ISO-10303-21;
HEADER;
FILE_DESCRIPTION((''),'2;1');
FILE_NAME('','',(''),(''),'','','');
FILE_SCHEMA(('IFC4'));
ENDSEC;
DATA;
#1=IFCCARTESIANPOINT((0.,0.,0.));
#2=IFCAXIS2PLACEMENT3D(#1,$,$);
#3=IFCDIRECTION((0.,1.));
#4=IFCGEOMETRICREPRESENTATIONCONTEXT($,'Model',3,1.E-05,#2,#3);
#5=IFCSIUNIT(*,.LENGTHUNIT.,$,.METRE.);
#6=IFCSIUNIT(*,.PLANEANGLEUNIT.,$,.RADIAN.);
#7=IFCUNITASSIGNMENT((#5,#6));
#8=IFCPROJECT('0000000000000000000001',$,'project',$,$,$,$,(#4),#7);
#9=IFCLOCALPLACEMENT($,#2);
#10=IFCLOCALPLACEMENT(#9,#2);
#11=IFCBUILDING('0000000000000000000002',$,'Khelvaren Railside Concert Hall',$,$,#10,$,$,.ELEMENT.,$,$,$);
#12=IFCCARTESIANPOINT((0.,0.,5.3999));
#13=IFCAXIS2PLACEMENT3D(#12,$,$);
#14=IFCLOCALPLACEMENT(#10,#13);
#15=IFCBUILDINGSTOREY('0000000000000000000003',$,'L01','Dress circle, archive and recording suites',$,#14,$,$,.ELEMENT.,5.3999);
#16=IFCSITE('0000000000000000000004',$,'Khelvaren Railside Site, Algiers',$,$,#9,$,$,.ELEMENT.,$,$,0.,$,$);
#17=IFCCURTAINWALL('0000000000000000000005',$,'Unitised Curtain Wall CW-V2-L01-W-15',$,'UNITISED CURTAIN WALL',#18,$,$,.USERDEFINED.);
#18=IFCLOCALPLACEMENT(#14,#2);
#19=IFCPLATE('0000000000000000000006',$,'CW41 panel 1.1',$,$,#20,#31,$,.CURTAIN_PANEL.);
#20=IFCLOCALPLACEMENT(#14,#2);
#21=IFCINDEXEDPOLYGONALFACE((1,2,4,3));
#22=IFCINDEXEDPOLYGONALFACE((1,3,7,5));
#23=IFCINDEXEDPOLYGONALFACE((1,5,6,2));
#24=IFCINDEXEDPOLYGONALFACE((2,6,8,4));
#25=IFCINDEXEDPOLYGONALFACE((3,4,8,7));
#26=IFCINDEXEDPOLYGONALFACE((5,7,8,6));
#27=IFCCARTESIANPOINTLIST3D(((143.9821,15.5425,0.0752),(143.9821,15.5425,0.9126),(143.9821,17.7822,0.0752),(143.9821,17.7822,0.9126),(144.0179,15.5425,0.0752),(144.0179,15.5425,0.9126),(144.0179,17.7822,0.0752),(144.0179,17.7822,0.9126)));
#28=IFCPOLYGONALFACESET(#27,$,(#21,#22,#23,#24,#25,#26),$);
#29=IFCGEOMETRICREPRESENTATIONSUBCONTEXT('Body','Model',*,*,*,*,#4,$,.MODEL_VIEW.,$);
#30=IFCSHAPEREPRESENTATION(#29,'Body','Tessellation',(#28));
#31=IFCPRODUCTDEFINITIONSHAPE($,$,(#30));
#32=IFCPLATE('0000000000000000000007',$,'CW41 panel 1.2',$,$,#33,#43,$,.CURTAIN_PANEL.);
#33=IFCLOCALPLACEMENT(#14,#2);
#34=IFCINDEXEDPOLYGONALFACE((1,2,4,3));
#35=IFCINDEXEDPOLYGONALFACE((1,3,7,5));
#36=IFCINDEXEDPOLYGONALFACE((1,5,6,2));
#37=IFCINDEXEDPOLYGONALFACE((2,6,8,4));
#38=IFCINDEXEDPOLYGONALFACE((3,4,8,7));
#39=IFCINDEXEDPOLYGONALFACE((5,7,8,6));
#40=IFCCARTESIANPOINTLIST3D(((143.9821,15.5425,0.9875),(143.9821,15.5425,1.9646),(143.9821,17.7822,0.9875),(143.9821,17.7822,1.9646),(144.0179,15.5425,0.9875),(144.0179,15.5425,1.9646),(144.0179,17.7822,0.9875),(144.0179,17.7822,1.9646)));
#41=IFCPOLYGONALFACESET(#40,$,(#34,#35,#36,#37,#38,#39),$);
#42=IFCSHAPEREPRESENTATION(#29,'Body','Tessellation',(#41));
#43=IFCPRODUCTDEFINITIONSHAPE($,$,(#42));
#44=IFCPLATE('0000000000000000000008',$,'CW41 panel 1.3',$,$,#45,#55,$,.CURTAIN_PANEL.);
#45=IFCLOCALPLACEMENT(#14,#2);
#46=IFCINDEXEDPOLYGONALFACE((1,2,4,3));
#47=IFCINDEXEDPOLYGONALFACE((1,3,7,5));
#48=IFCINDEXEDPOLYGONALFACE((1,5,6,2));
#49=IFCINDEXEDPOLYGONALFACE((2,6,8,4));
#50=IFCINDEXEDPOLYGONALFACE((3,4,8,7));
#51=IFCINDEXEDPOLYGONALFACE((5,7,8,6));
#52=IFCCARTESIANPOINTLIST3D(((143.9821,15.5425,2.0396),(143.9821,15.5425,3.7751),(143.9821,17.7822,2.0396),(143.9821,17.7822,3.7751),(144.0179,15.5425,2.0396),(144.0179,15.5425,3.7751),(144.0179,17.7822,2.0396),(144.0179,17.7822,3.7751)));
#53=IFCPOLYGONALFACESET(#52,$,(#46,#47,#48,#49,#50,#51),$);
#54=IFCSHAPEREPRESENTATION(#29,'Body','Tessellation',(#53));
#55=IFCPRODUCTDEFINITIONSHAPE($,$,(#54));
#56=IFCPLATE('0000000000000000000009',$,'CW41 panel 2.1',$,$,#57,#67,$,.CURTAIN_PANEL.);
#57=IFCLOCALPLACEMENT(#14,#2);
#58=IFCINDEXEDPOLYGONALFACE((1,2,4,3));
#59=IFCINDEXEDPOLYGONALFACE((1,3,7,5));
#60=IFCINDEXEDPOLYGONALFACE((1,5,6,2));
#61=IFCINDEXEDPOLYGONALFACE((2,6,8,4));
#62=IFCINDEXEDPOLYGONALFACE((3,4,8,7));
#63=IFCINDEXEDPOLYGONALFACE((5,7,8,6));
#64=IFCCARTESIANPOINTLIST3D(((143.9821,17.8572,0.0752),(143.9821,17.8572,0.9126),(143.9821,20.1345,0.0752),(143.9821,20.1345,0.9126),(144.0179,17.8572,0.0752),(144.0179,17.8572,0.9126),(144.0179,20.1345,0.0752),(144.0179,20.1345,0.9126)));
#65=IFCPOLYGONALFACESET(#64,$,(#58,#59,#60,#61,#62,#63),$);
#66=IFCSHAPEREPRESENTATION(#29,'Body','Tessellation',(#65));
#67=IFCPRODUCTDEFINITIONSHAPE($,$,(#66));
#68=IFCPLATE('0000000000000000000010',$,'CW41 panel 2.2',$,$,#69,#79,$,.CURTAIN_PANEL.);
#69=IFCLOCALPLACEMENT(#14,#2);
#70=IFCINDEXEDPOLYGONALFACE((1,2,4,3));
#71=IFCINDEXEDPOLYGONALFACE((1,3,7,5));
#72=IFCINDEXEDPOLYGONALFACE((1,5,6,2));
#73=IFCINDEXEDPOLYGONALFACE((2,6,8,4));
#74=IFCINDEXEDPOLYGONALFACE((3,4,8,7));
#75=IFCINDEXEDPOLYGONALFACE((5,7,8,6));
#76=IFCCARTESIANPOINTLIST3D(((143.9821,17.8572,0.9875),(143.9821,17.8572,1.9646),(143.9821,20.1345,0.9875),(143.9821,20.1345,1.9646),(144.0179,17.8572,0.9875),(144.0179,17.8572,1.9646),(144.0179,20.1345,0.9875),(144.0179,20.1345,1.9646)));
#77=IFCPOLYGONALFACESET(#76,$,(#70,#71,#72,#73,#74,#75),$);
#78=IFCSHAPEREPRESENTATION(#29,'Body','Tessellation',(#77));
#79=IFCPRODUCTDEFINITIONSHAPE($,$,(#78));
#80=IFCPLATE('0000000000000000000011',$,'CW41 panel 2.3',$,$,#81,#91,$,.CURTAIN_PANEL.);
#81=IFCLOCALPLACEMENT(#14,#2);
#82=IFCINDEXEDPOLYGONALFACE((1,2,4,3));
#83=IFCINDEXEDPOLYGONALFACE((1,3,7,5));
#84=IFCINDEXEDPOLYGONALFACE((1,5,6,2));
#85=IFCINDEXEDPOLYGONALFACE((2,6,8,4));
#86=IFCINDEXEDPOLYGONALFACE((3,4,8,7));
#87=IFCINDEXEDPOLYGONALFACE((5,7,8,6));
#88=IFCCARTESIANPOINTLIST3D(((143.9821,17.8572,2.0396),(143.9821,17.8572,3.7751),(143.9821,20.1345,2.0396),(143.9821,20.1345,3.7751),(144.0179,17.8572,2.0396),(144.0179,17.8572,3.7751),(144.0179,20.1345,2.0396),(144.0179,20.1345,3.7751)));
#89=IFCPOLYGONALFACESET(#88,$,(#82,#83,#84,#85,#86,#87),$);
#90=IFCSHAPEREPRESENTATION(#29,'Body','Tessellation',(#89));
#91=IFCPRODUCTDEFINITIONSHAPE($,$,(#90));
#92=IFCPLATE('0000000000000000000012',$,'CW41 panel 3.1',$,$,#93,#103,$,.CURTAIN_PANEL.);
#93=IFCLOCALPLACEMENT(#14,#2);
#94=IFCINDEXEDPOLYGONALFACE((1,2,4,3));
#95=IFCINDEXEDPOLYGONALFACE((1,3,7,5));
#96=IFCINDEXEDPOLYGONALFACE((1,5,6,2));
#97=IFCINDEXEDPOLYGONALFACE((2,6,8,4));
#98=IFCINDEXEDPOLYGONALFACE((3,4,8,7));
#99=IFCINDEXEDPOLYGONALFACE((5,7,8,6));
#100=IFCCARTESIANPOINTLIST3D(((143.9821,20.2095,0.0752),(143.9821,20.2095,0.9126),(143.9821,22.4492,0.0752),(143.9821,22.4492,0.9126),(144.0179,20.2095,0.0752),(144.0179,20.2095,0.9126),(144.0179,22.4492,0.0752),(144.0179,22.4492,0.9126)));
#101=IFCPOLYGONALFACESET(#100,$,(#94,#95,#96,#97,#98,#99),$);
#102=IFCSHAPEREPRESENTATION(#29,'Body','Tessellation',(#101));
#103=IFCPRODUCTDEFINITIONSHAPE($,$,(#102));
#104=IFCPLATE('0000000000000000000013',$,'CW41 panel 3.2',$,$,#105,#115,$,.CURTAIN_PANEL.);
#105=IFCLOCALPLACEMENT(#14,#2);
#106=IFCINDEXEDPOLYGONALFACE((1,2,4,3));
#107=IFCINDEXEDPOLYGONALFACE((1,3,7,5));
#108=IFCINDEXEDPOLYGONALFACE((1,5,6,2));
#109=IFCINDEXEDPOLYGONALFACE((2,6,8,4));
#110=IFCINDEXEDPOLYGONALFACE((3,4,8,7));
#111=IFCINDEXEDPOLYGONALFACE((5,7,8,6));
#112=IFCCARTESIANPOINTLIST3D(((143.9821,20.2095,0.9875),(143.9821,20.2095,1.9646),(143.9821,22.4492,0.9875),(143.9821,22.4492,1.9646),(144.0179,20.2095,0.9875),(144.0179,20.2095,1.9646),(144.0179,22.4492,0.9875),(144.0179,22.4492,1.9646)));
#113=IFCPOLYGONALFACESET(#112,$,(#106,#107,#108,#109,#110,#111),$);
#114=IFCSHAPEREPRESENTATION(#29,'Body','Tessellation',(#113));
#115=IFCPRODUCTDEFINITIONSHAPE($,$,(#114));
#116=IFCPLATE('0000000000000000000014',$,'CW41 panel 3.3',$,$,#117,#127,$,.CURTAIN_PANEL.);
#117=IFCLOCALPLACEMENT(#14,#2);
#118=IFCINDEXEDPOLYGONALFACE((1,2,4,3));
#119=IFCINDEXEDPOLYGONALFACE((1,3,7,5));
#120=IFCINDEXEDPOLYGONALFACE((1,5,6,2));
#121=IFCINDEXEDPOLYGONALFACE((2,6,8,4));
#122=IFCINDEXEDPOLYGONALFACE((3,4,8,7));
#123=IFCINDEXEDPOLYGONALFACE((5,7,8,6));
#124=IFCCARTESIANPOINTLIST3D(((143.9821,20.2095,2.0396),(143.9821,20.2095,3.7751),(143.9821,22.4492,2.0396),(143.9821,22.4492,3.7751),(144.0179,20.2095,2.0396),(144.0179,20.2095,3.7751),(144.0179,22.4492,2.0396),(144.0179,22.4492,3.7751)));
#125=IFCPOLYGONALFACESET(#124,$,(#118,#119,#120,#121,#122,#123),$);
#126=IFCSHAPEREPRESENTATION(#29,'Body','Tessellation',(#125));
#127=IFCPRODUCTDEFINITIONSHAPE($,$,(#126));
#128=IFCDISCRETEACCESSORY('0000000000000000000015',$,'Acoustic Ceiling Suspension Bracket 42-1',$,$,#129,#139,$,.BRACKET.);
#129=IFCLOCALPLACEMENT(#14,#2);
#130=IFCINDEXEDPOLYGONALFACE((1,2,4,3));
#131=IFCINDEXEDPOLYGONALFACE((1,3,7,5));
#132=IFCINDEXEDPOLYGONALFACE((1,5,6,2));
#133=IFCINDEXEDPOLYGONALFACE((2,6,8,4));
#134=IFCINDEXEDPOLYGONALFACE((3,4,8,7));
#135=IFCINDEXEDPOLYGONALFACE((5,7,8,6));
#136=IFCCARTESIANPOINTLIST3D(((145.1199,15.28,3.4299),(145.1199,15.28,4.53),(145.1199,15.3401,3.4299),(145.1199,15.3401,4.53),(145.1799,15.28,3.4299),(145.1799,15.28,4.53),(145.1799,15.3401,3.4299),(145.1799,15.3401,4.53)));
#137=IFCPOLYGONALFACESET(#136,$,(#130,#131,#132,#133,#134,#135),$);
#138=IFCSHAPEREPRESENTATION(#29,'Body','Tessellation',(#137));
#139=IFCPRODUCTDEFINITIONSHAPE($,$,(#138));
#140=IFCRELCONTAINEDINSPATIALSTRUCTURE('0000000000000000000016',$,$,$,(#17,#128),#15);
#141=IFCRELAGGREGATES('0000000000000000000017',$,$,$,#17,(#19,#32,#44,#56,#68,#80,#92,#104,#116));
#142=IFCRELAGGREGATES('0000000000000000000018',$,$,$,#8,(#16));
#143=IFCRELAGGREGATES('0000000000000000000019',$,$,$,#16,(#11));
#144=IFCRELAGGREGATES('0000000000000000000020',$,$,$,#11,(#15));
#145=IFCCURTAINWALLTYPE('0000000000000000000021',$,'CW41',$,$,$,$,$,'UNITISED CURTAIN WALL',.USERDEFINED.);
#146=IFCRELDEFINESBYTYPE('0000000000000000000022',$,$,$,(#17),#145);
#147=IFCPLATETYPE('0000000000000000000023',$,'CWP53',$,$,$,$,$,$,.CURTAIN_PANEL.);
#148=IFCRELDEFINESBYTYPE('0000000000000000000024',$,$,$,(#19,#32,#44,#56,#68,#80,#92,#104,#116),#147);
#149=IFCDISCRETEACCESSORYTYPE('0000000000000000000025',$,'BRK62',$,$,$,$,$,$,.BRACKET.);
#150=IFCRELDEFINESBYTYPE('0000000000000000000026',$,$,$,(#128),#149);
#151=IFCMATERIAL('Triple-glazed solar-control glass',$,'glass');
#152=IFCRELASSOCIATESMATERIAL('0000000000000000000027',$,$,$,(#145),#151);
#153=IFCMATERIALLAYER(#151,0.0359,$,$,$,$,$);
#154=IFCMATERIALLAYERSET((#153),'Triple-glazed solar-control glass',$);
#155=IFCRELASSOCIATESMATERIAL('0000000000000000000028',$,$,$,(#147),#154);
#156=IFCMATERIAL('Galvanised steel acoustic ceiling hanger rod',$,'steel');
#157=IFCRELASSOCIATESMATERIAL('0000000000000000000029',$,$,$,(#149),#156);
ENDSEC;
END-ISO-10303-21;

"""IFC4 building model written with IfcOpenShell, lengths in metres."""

from ifc_helpers import new_model, si_unit, direction, frame, origin, origin_2d, place, context, subcontext, project, spatial, rectangle, extrude, material, layer, layer_set, type_object, element, aggregate, save


model = new_model("IFC4")

# Units and contexts
model_context = context("Model", 3, precision=1e-05, world=origin(), true_north=direction((0.0, 1.0)))
body_context = subcontext(model_context, "Body", "Model", "MODEL_VIEW")
ifc_project = project(units=[si_unit("LENGTHUNIT", "METRE"), si_unit("PLANEANGLEUNIT", "RADIAN")], contexts=[model_context])

# Site, building, storey
site_placement = place(None, origin())
site = spatial("IfcSite", under=ifc_project, at=site_placement, Name="Khelvaren Railside Site, Algiers", CompositionType="ELEMENT", RefElevation=0.0)
building_placement = place(site_placement, origin())
building = spatial("IfcBuilding", under=site, at=building_placement, Name="Khelvaren Railside Concert Hall", CompositionType="ELEMENT")
storey_placement = place(building_placement, frame((0.0, 0.0, 5.3999)))
storey = spatial("IfcBuildingStorey", under=building, at=storey_placement, Name="L01", Description="Dress circle, archive and recording suites", CompositionType="ELEMENT", Elevation=5.3999)

# Curtain wall
ifc_material_1 = material(Name="Triple-glazed solar-control glass", Category="glass")
curtain_wall_type = type_object("IfcCurtainWallType", Name="CW41", ElementType="UNITISED CURTAIN WALL", PredefinedType="USERDEFINED", material=ifc_material_1)
curtain_wall_placement = place(storey_placement, origin())
curtain_wall = element("IfcCurtainWall", 1, at=curtain_wall_placement, inside=storey, type_object=curtain_wall_type, Name="Unitised Curtain Wall CW-V2-L01-W-15", ObjectType="UNITISED CURTAIN WALL", PredefinedType="USERDEFINED")

# Plates
ifc_layer = layer(ifc_material_1, 0.0359)
ifc_layer_set = layer_set([ifc_layer], Name="Triple-glazed solar-control glass")
plate_type = type_object("IfcPlateType", Name="CWP53", PredefinedType="CURTAIN_PANEL", material=ifc_layer_set)
plate_1_placement = place(storey_placement, frame((144.0, 16.6624, 0.0752), z_axis=(0.0, 0.0, 1.0), x_axis=(0.0, 1.0, 0.0)))
plate_1 = element("IfcPlate", 2, at=plate_1_placement, type_object=plate_type, Name="CW41 panel 1.1", PredefinedType="CURTAIN_PANEL", context=body_context, shape_type="SweptSolid", body=[
    extrude(rectangle(XDim=2.2397, YDim=0.0359, at=origin_2d()), origin(), (0.0, 0.0, 1.0), 0.8374),
])
plate_2_placement = place(storey_placement, frame((144.0, 16.6624, 0.9875), z_axis=(0.0, 0.0, 1.0), x_axis=(0.0, 1.0, 0.0)))
plate_2 = element("IfcPlate", 3, at=plate_2_placement, type_object=plate_type, Name="CW41 panel 1.2", PredefinedType="CURTAIN_PANEL", context=body_context, shape_type="SweptSolid", body=[
    extrude(rectangle(XDim=2.2397, YDim=0.0359, at=origin_2d()), origin(), (0.0, 0.0, 1.0), 0.9771),
])
plate_3_placement = place(storey_placement, frame((144.0, 16.6624, 2.0396), z_axis=(0.0, 0.0, 1.0), x_axis=(0.0, 1.0, 0.0)))
plate_3 = element("IfcPlate", 4, at=plate_3_placement, type_object=plate_type, Name="CW41 panel 1.3", PredefinedType="CURTAIN_PANEL", context=body_context, shape_type="SweptSolid", body=[
    extrude(rectangle(XDim=2.2397, YDim=0.0359, at=origin_2d()), origin(), (0.0, 0.0, 1.0), 1.7356),
])
plate_4_placement = place(storey_placement, frame((144.0, 18.9958, 0.0752), z_axis=(0.0, 0.0, 1.0), x_axis=(0.0, 1.0, 0.0)))
plate_4 = element("IfcPlate", 5, at=plate_4_placement, type_object=plate_type, Name="CW41 panel 2.1", PredefinedType="CURTAIN_PANEL", context=body_context, shape_type="SweptSolid", body=[
    extrude(rectangle(XDim=2.2773, YDim=0.0359, at=origin_2d()), origin(), (0.0, 0.0, 1.0), 0.8374),
])
plate_5_placement = place(storey_placement, frame((144.0, 18.9958, 0.9875), z_axis=(0.0, 0.0, 1.0), x_axis=(0.0, 1.0, 0.0)))
plate_5 = element("IfcPlate", 6, at=plate_5_placement, type_object=plate_type, Name="CW41 panel 2.2", PredefinedType="CURTAIN_PANEL", context=body_context, shape_type="SweptSolid", body=[
    extrude(rectangle(XDim=2.2773, YDim=0.0359, at=origin_2d()), origin(), (0.0, 0.0, 1.0), 0.9771),
])
plate_6_placement = place(storey_placement, frame((144.0, 18.9958, 2.0396), z_axis=(0.0, 0.0, 1.0), x_axis=(0.0, 1.0, 0.0)))
plate_6 = element("IfcPlate", 7, at=plate_6_placement, type_object=plate_type, Name="CW41 panel 2.3", PredefinedType="CURTAIN_PANEL", context=body_context, shape_type="SweptSolid", body=[
    extrude(rectangle(XDim=2.2773, YDim=0.0359, at=origin_2d()), origin(), (0.0, 0.0, 1.0), 1.7356),
])
plate_7_placement = place(storey_placement, frame((144.0, 21.3293, 0.0752), z_axis=(0.0, 0.0, 1.0), x_axis=(0.0, 1.0, 0.0)))
plate_7 = element("IfcPlate", 8, at=plate_7_placement, type_object=plate_type, Name="CW41 panel 3.1", PredefinedType="CURTAIN_PANEL", context=body_context, shape_type="SweptSolid", body=[
    extrude(rectangle(XDim=2.2397, YDim=0.0359, at=origin_2d()), origin(), (0.0, 0.0, 1.0), 0.8374),
])
plate_8_placement = place(storey_placement, frame((144.0, 21.3293, 0.9875), z_axis=(0.0, 0.0, 1.0), x_axis=(0.0, 1.0, 0.0)))
plate_8 = element("IfcPlate", 9, at=plate_8_placement, type_object=plate_type, Name="CW41 panel 3.2", PredefinedType="CURTAIN_PANEL", context=body_context, shape_type="SweptSolid", body=[
    extrude(rectangle(XDim=2.2397, YDim=0.0359, at=origin_2d()), origin(), (0.0, 0.0, 1.0), 0.9771),
])
plate_9_placement = place(storey_placement, frame((144.0, 21.3293, 2.0396), z_axis=(0.0, 0.0, 1.0), x_axis=(0.0, 1.0, 0.0)))
plate_9 = element("IfcPlate", 10, at=plate_9_placement, type_object=plate_type, Name="CW41 panel 3.3", PredefinedType="CURTAIN_PANEL", context=body_context, shape_type="SweptSolid", body=[
    extrude(rectangle(XDim=2.2397, YDim=0.0359, at=origin_2d()), origin(), (0.0, 0.0, 1.0), 1.7356),
])
aggregate(curtain_wall, [plate_1, plate_2, plate_3, plate_4, plate_5, plate_6, plate_7, plate_8, plate_9])

# Discrete accessory
ifc_material_2 = material(Name="Galvanised steel acoustic ceiling hanger rod", Category="steel")
discrete_accessory_type = type_object("IfcDiscreteAccessoryType", Name="BRK62", PredefinedType="BRACKET", material=ifc_material_2)
discrete_accessory_placement = place(storey_placement, frame((145.1499, 15.3101, 3.4299), z_axis=(0.0, 0.0, 1.0), x_axis=(1.0, 0.0, 0.0)))
element("IfcDiscreteAccessory", 11, at=discrete_accessory_placement, inside=storey, type_object=discrete_accessory_type, Name="Acoustic Ceiling Suspension Bracket 42-1", PredefinedType="BRACKET", context=body_context, shape_type="SweptSolid", body=[
    extrude(rectangle(XDim=0.0601, YDim=0.0601, at=origin_2d()), origin(), (0.0, 0.0, 1.0), 1.1001),
])

save(model, "model.ifc")
